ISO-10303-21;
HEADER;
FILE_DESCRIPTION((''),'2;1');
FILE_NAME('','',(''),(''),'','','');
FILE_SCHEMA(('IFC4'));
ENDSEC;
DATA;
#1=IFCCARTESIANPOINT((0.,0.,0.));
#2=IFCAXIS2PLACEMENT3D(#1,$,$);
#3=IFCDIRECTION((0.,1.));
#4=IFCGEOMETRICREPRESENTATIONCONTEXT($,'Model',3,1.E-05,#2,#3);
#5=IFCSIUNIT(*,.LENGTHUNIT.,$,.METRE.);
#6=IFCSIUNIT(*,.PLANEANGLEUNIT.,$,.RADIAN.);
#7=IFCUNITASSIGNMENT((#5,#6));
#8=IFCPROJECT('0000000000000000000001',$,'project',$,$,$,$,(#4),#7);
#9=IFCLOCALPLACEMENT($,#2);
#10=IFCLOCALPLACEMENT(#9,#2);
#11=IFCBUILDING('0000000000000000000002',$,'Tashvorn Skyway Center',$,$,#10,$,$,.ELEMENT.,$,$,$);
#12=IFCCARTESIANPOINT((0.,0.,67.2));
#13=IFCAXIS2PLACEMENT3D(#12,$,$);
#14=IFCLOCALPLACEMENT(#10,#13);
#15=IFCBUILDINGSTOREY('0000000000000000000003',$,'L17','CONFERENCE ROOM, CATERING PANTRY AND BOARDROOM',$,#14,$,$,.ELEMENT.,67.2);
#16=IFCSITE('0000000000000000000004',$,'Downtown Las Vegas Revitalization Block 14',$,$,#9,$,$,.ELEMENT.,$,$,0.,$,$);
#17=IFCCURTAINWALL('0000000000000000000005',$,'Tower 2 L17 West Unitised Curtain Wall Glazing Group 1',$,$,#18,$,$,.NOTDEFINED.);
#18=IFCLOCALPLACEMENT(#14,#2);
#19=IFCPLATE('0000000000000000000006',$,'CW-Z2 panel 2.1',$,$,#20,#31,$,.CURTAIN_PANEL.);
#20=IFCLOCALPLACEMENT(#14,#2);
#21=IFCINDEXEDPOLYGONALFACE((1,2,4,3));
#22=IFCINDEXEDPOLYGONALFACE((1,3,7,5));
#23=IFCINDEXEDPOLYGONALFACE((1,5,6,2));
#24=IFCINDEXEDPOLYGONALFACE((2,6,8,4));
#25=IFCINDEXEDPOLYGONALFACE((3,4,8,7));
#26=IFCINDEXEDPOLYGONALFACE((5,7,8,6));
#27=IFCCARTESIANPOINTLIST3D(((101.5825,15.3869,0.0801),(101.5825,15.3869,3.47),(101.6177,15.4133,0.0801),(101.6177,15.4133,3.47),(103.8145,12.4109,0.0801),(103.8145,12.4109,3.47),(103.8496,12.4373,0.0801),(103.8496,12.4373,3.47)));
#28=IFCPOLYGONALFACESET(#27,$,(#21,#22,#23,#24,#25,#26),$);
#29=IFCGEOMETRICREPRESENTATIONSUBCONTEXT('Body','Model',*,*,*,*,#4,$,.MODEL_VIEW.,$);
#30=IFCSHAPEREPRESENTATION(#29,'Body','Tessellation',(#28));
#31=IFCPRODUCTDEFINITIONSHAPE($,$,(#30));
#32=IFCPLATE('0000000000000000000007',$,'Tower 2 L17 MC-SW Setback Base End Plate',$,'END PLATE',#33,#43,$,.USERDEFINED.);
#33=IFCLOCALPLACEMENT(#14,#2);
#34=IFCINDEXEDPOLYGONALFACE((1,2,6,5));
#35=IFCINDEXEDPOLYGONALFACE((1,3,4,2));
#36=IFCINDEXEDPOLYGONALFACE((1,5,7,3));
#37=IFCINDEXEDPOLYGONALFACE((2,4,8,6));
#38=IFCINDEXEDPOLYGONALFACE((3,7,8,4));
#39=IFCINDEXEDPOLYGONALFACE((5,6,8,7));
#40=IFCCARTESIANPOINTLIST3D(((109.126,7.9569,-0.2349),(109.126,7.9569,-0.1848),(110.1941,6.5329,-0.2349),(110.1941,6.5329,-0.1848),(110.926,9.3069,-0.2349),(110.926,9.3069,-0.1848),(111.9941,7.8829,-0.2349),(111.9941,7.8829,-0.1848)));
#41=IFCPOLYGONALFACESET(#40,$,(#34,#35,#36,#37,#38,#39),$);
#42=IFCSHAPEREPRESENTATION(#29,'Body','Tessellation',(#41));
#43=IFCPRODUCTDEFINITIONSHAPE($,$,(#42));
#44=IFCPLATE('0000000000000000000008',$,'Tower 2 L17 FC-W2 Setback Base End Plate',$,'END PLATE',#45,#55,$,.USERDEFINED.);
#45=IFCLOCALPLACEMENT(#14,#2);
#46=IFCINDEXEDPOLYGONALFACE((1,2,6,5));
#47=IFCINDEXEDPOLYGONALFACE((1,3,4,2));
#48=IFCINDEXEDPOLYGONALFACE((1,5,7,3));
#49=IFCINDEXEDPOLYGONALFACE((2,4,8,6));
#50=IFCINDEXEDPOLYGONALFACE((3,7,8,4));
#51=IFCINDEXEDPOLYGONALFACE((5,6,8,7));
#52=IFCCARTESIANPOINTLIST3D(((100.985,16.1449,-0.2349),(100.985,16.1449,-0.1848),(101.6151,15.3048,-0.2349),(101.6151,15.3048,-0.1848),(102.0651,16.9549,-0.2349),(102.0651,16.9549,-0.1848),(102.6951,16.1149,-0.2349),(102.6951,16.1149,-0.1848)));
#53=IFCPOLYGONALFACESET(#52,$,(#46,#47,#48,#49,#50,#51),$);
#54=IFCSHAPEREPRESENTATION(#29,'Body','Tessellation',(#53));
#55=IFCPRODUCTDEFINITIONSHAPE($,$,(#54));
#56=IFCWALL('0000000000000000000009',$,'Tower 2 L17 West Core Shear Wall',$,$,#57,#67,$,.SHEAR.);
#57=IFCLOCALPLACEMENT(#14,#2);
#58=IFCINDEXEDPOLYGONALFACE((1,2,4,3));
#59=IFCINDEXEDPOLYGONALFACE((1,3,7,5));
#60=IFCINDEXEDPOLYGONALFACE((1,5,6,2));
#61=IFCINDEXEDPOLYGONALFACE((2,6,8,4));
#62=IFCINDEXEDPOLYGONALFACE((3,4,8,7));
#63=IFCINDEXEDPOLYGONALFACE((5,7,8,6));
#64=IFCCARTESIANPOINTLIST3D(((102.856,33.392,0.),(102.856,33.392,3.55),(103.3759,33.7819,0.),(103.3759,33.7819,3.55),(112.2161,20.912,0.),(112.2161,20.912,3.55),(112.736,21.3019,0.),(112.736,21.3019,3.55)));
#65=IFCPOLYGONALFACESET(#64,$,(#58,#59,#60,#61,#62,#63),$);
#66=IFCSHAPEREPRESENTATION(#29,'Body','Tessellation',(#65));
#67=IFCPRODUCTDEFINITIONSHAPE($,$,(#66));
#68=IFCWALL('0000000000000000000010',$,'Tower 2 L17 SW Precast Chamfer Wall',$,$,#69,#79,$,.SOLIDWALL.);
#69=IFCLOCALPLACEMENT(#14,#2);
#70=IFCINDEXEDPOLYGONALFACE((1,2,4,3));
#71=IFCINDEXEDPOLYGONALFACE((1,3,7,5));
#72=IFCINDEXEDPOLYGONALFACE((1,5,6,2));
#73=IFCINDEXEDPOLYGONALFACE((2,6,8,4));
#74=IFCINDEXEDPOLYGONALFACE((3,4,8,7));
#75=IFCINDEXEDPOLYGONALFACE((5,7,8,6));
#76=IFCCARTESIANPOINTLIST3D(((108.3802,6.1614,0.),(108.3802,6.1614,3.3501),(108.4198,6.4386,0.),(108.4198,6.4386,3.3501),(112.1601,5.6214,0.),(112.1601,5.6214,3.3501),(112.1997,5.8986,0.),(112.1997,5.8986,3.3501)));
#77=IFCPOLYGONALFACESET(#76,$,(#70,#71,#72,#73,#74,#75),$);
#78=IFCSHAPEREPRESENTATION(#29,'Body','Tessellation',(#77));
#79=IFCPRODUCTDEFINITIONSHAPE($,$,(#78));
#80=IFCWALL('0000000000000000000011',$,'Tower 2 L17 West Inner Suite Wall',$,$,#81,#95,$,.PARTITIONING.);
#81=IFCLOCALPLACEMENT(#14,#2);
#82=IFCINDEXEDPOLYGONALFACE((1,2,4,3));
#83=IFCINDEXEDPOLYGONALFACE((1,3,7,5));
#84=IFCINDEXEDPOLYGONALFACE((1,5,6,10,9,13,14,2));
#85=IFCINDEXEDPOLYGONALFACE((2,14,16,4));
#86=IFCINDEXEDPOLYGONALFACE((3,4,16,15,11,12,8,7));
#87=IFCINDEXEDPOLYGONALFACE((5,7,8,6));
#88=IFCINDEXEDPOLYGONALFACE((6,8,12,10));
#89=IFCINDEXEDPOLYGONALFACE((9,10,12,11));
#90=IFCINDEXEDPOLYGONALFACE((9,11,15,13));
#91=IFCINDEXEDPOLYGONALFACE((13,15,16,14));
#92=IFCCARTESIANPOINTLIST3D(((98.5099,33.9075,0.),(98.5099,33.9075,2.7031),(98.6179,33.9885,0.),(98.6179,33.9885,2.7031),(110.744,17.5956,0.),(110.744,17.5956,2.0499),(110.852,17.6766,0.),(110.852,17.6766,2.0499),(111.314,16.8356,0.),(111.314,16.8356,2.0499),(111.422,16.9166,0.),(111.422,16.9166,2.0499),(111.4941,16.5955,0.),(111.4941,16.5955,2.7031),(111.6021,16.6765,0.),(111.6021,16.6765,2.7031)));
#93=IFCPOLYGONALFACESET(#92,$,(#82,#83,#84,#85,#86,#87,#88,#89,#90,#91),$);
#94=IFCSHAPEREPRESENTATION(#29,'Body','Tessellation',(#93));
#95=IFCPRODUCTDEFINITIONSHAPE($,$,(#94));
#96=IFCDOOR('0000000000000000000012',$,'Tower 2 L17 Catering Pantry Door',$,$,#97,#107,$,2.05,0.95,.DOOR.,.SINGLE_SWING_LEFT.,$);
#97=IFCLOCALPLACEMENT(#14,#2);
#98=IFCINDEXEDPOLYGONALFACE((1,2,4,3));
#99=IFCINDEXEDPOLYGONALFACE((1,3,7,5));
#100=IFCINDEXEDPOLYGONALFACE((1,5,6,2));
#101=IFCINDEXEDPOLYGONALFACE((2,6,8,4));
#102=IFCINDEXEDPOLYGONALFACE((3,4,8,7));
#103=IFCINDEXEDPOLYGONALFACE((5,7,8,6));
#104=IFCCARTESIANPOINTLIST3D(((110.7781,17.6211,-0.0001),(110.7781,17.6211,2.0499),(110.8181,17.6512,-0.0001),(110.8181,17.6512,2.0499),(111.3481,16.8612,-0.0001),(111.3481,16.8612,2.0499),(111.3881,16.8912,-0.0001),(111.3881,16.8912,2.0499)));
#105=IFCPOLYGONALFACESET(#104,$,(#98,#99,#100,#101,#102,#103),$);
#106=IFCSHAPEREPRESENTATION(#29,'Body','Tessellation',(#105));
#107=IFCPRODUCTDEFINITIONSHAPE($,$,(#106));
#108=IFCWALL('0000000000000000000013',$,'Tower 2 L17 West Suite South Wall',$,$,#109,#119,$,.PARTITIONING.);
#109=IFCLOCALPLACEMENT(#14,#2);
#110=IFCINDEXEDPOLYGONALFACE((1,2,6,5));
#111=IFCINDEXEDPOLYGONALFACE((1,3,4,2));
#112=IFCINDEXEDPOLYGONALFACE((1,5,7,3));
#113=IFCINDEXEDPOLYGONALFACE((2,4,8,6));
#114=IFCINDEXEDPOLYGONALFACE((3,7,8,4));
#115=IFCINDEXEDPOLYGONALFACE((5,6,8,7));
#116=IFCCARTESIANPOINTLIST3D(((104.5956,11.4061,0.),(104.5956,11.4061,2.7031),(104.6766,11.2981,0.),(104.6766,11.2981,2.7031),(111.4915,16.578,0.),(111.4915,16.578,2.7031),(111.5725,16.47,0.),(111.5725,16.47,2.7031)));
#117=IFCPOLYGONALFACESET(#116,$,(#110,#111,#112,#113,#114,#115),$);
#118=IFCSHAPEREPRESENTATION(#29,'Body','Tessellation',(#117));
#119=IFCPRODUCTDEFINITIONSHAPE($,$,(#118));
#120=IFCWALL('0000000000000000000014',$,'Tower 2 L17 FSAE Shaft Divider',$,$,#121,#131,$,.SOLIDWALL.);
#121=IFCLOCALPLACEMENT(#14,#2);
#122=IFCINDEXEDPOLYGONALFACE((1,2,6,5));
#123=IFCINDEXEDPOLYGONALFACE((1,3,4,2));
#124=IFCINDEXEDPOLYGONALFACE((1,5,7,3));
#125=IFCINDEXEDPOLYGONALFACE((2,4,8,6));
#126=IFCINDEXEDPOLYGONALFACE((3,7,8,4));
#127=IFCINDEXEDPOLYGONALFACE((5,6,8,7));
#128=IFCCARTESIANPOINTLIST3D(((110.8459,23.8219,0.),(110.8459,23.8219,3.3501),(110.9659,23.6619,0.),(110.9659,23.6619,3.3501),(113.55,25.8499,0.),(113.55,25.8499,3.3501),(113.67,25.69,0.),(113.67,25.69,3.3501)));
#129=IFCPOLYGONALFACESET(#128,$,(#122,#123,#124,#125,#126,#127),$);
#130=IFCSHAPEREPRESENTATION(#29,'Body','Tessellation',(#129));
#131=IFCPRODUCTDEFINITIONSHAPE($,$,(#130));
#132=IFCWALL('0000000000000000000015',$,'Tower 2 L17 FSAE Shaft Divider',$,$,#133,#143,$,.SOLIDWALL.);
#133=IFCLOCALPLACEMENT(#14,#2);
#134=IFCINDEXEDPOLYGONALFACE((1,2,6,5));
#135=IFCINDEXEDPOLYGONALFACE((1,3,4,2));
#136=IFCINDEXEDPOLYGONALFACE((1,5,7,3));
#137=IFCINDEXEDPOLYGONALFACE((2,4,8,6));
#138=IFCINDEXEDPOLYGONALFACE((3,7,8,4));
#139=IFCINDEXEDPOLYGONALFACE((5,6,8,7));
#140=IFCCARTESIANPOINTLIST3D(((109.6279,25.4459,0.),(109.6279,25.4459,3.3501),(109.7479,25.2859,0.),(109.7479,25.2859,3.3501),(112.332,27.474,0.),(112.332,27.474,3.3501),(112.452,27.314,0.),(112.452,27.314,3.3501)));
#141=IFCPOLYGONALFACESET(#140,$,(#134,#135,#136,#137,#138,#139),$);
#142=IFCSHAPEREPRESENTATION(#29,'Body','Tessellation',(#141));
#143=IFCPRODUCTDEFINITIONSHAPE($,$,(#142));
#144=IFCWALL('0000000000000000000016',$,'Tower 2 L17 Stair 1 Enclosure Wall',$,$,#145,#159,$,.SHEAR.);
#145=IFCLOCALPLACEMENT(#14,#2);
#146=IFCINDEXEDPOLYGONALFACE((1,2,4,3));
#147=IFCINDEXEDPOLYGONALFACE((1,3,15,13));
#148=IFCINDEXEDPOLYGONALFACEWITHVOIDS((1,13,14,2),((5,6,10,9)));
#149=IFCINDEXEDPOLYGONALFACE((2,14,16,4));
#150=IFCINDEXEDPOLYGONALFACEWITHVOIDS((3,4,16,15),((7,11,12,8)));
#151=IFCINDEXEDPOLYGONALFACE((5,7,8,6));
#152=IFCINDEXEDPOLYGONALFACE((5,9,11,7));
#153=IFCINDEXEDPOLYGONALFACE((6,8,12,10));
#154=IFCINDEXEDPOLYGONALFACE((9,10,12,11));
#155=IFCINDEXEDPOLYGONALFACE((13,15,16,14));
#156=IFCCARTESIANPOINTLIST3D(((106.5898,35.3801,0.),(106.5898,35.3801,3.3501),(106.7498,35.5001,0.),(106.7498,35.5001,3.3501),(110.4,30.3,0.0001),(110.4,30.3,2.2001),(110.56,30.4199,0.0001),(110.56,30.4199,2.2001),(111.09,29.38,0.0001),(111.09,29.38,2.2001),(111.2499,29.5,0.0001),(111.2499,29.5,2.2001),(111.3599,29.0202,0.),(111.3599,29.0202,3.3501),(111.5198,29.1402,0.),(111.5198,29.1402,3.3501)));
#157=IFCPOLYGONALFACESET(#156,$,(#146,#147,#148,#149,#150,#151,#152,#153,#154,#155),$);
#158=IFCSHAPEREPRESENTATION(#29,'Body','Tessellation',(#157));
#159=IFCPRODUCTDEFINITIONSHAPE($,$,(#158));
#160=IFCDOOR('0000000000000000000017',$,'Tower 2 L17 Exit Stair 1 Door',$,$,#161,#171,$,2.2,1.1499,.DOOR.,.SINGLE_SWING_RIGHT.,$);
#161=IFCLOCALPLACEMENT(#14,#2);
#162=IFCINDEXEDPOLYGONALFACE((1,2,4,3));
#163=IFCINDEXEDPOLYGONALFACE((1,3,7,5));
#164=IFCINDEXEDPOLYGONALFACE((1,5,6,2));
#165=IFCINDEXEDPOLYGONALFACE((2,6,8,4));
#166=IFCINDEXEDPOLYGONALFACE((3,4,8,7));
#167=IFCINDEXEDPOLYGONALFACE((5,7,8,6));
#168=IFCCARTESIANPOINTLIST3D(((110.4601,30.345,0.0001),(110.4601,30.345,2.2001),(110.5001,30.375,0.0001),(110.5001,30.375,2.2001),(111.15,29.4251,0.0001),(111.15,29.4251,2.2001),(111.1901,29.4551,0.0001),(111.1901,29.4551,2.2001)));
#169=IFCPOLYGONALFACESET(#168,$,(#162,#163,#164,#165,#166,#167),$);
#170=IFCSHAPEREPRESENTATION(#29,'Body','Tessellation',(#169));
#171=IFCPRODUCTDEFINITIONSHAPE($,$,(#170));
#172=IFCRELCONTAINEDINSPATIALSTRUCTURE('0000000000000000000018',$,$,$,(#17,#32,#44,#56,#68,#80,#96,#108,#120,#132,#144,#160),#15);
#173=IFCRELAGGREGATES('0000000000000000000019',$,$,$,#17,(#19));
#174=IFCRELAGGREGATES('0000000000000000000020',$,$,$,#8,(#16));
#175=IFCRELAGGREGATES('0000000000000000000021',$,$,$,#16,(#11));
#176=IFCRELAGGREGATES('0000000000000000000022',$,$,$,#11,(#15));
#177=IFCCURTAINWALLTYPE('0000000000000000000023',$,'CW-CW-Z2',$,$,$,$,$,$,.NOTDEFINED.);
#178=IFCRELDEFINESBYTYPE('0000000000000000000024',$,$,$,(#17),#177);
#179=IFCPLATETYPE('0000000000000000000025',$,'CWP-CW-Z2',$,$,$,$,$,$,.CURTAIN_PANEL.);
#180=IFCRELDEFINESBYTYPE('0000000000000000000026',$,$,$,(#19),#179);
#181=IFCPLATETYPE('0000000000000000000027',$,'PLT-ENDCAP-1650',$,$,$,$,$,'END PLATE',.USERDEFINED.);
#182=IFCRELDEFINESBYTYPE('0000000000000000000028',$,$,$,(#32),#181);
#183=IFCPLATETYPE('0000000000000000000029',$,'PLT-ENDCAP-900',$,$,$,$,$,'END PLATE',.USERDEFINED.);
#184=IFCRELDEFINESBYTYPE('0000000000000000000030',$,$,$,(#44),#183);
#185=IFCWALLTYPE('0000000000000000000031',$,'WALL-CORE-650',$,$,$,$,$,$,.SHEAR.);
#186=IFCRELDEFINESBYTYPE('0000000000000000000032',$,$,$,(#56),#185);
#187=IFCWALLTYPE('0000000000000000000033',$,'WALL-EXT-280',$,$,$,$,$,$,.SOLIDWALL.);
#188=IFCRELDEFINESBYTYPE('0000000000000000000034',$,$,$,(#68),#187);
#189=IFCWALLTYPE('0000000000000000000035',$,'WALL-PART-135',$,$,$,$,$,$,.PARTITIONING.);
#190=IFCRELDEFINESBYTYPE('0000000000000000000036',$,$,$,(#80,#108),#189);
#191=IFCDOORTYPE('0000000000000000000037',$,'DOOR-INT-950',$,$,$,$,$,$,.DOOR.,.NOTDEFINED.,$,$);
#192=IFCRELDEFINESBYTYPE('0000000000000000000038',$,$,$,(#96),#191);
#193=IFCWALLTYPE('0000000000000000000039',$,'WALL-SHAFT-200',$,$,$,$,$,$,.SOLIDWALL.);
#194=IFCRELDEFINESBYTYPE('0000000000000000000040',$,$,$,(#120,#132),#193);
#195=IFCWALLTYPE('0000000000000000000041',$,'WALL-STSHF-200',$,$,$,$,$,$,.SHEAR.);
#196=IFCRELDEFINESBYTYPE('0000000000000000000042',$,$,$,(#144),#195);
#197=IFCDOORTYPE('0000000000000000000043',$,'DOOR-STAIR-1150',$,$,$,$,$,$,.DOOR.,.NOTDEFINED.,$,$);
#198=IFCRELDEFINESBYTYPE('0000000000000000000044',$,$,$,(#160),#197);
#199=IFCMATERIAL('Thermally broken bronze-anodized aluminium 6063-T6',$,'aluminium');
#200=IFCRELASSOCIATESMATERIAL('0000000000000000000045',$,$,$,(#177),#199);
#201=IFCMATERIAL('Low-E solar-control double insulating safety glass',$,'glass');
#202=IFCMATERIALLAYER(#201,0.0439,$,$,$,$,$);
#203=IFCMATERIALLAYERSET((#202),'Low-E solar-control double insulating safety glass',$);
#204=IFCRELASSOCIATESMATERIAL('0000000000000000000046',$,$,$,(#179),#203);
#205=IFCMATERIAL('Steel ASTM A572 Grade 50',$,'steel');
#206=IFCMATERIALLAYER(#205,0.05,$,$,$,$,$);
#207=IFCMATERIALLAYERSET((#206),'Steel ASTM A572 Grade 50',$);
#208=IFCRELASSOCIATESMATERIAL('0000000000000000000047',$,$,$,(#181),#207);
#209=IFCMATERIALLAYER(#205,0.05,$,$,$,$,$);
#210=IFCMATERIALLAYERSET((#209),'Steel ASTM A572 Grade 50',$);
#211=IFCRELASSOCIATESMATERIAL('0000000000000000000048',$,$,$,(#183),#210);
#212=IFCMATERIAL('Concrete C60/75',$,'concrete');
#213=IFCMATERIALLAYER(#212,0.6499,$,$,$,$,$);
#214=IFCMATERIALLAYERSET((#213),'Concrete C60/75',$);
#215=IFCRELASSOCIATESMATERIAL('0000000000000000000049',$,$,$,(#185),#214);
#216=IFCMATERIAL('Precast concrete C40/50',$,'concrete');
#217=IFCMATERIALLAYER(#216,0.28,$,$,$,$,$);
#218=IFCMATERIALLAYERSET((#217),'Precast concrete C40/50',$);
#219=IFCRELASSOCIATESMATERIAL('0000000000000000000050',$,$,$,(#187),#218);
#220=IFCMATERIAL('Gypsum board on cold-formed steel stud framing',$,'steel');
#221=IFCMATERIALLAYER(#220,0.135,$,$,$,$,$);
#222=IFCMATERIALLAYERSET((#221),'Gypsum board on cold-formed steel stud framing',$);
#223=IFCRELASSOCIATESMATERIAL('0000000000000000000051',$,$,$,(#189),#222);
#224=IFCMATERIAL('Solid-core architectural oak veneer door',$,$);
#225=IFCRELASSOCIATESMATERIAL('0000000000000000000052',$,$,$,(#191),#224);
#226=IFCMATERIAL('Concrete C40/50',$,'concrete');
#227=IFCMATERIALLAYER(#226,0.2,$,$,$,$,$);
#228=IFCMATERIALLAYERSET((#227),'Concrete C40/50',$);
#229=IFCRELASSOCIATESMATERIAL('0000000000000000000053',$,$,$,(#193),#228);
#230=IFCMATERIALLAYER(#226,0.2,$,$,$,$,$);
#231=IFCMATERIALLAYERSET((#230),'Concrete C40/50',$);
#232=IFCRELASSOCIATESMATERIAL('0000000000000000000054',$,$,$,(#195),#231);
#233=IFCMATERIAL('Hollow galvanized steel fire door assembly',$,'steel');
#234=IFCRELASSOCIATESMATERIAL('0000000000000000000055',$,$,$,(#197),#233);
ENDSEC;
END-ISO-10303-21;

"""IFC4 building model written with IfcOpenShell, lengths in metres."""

from ifc_helpers import new_model, si_unit, direction, frame, frame_2d, origin, origin_2d, place, context, subcontext, project, spatial, rectangle, extrude, material, layer, layer_set, type_object, element, fill, aggregate, save


model = new_model("IFC4")

# Units and contexts
model_context = context("Model", 3, precision=1e-05, world=origin(), true_north=direction((0.0, 1.0)))
body_context = subcontext(model_context, "Body", "Model", "MODEL_VIEW")
ifc_project = project(units=[si_unit("LENGTHUNIT", "METRE"), si_unit("PLANEANGLEUNIT", "RADIAN")], contexts=[model_context])

# Site, building, storey
site_placement = place(None, origin())
site = spatial("IfcSite", under=ifc_project, at=site_placement, Name="Downtown Las Vegas Revitalization Block 14", CompositionType="ELEMENT", RefElevation=0.0)
building_placement = place(site_placement, origin())
building = spatial("IfcBuilding", under=site, at=building_placement, Name="Tashvorn Skyway Center", CompositionType="ELEMENT")
storey_placement = place(building_placement, frame((0.0, 0.0, 67.2)))
storey = spatial("IfcBuildingStorey", under=building, at=storey_placement, Name="L17", Description="CONFERENCE ROOM, CATERING PANTRY AND BOARDROOM", CompositionType="ELEMENT", Elevation=67.2)

# Shared definitions
ifc_material_1 = material(Name="Steel ASTM A572 Grade 50", Category="steel")

# Shared definitions
ifc_material_2 = material(Name="Concrete C60/75", Category="concrete")

# Curtain wall
ifc_material_3 = material(Name="Thermally broken bronze-anodized aluminium 6063-T6", Category="aluminium")
curtain_wall_type = type_object("IfcCurtainWallType", Name="CW-CW-Z2", PredefinedType="NOTDEFINED", material=ifc_material_3)
curtain_wall_1_placement = place(storey_placement, origin())
curtain_wall_1 = element("IfcCurtainWall", 1, at=curtain_wall_1_placement, inside=storey, type_object=curtain_wall_type, Name="Tower 2 L17 West Unitised Curtain Wall Glazing Group 1", PredefinedType="NOTDEFINED")

# Plate
ifc_material_4 = material(Name="Low-E solar-control double insulating safety glass", Category="glass")
ifc_layer_1 = layer(ifc_material_4, 0.0439)
ifc_layer_set_1 = layer_set([ifc_layer_1], Name="Low-E solar-control double insulating safety glass")
plate_type_1 = type_object("IfcPlateType", Name="CWP-CW-Z2", PredefinedType="CURTAIN_PANEL", material=ifc_layer_set_1)
plate_1_placement = place(storey_placement, frame((102.7161, 13.9121, 0.0801), z_axis=(0.0, 0.0, 1.0), x_axis=(-0.6, 0.8, 0.0)))
plate_1 = element("IfcPlate", 2, at=plate_1_placement, type_object=plate_type_1, Name="CW-Z2 panel 2.1", PredefinedType="CURTAIN_PANEL", context=body_context, shape_type="SweptSolid", body=[
    extrude(rectangle(XDim=3.72, YDim=0.0439, at=origin_2d()), origin(), (0.0, 0.0, 1.0), 3.3899),
])
aggregate(curtain_wall_1, [plate_1])

# Plates
ifc_layer_2 = layer(ifc_material_1, 0.05)
ifc_layer_set_2 = layer_set([ifc_layer_2], Name="Steel ASTM A572 Grade 50")
plate_type_2 = type_object("IfcPlateType", Name="PLT-ENDCAP-1650", ElementType="END PLATE", PredefinedType="USERDEFINED", material=ifc_layer_set_2)
plate_2_placement = place(storey_placement, frame((110.5601, 7.9199, -0.2349), z_axis=(0.0, 0.0, 1.0), x_axis=(0.8, 0.6, 0.0)))
element("IfcPlate", 3, at=plate_2_placement, inside=storey, type_object=plate_type_2, Name="Tower 2 L17 MC-SW Setback Base End Plate", ObjectType="END PLATE", PredefinedType="USERDEFINED", context=body_context, shape_type="SweptSolid", body=[
    extrude(rectangle(XDim=2.25, YDim=1.78, at=origin_2d()), origin(), (0.0, 0.0, 1.0), 0.05),
])
ifc_layer_3 = layer(ifc_material_1, 0.05)
ifc_layer_set_3 = layer_set([ifc_layer_3], Name="Steel ASTM A572 Grade 50")
plate_type_3 = type_object("IfcPlateType", Name="PLT-ENDCAP-900", ElementType="END PLATE", PredefinedType="USERDEFINED", material=ifc_layer_set_3)
plate_3_placement = place(storey_placement, frame((101.8401, 16.1299, -0.2349), z_axis=(0.0, 0.0, 1.0), x_axis=(0.8, 0.6, 0.0)))
element("IfcPlate", 4, at=plate_3_placement, inside=storey, type_object=plate_type_3, Name="Tower 2 L17 FC-W2 Setback Base End Plate", ObjectType="END PLATE", PredefinedType="USERDEFINED", context=body_context, shape_type="SweptSolid", body=[
    extrude(rectangle(XDim=1.3501, YDim=1.05, at=origin_2d()), origin(), (0.0, 0.0, 1.0), 0.05),
])

# Walls
ifc_layer_4 = layer(ifc_material_2, 0.6499)
ifc_layer_set_4 = layer_set([ifc_layer_4], Name="Concrete C60/75")
wall_type_1 = type_object("IfcWallType", Name="WALL-CORE-650", PredefinedType="SHEAR", material=ifc_layer_set_4)
wall_1_placement = place(storey_placement, frame((112.4761, 21.1069, 0.0), z_axis=(0.0, 0.0, 1.0), x_axis=(-0.600005, 0.799996, 0.0)))
element("IfcWall", 5, at=wall_1_placement, inside=storey, type_object=wall_type_1, Name="Tower 2 L17 West Core Shear Wall", PredefinedType="SHEAR", context=body_context, shape_type="SweptSolid", body=[
    extrude(rectangle(XDim=15.6001, YDim=0.6499, at=frame_2d((7.8, 0.0))), origin(), (0.0, 0.0, 1.0), 3.55),
])
ifc_material_5 = material(Name="Precast concrete C40/50", Category="concrete")
ifc_layer_5 = layer(ifc_material_5, 0.28)
ifc_layer_set_5 = layer_set([ifc_layer_5], Name="Precast concrete C40/50")
wall_type_2 = type_object("IfcWallType", Name="WALL-EXT-280", PredefinedType="SOLIDWALL", material=ifc_layer_set_5)
wall_2_placement = place(storey_placement, frame((112.1799, 5.76, 0.0), z_axis=(0.0, 0.0, 1.0), x_axis=(-0.989948, 0.14143, 0.0)))
element("IfcWall", 6, at=wall_2_placement, inside=storey, type_object=wall_type_2, Name="Tower 2 L17 SW Precast Chamfer Wall", PredefinedType="SOLIDWALL", context=body_context, shape_type="SweptSolid", body=[
    extrude(rectangle(XDim=3.8184, YDim=0.28, at=frame_2d((1.9092, 0.0))), origin(), (0.0, 0.0, 1.0), 3.3501),
])

# Wall, opening, door
ifc_material_6 = material(Name="Gypsum board on cold-formed steel stud framing", Category="steel")
ifc_layer_6 = layer(ifc_material_6, 0.135)
ifc_layer_set_6 = layer_set([ifc_layer_6], Name="Gypsum board on cold-formed steel stud framing")
wall_type_3 = type_object("IfcWallType", Name="WALL-PART-135", PredefinedType="PARTITIONING", material=ifc_layer_set_6)
wall_3_placement = place(storey_placement, frame((111.5481, 16.636, 0.0), z_axis=(0.0, 0.0, 1.0), x_axis=(-0.600004, 0.799997, 0.0)))
wall_3 = element("IfcWall", 7, at=wall_3_placement, inside=storey, type_object=wall_type_3, Name="Tower 2 L17 West Inner Suite Wall", PredefinedType="PARTITIONING", context=body_context, shape_type="SweptSolid", body=[
    extrude(rectangle(XDim=21.6401, YDim=0.135, at=frame_2d((10.8201, 0.0))), origin(), (0.0, 0.0, 1.0), 2.7031),
])
opening_1_placement = place(wall_3_placement, frame((0.3, 0.0, 0.0)))
opening_1 = element("IfcOpeningElement", 8, at=opening_1_placement, cuts=wall_3, PredefinedType="OPENING", context=body_context, shape_type="SweptSolid", body=[
    extrude(rectangle(XDim=0.95, YDim=2.05, at=frame_2d((0.4751, 1.0249))), frame((0.0, 0.0774, 0.0), z_axis=(0.0, -1.0, 0.0), x_axis=(1.0, 0.0, 0.0)), (0.0, 0.0, 1.0), 0.155),
])
ifc_material_7 = material(Name="Solid-core architectural oak veneer door")
door_type_1 = type_object("IfcDoorType", Name="DOOR-INT-950", OperationType="NOTDEFINED", PredefinedType="DOOR", material=ifc_material_7)
door_1_placement = place(opening_1_placement, origin())
door_1 = element("IfcDoor", 9, at=door_1_placement, inside=storey, type_object=door_type_1, Name="Tower 2 L17 Catering Pantry Door", OperationType="SINGLE_SWING_LEFT", OverallHeight=2.05, OverallWidth=0.95, PredefinedType="DOOR", context=body_context, shape_type="SweptSolid", body=[
    extrude(rectangle(XDim=0.95, YDim=2.05, at=frame_2d((0.4751, 1.0249))), frame((0.0, 0.0249, 0.0), z_axis=(0.0, -1.0, 0.0), x_axis=(1.0, 0.0, 0.0)), (0.0, 0.0, 1.0), 0.05),
])
fill(opening_1, door_1)

# Walls
wall_4_placement = place(storey_placement, frame((104.636, 11.3521, 0.0), z_axis=(0.0, 0.0, 1.0), x_axis=(0.800007, 0.599991, 0.0)))
element("IfcWall", 10, at=wall_4_placement, inside=storey, type_object=wall_type_3, Name="Tower 2 L17 West Suite South Wall", PredefinedType="PARTITIONING", context=body_context, shape_type="SweptSolid", body=[
    extrude(rectangle(XDim=8.6199, YDim=0.135, at=frame_2d((4.3101, 0.0))), origin(), (0.0, 0.0, 1.0), 2.7031),
])
ifc_material_8 = material(Name="Concrete C40/50", Category="concrete")
ifc_layer_7 = layer(ifc_material_8, 0.2)
ifc_layer_set_7 = layer_set([ifc_layer_7], Name="Concrete C40/50")
wall_type_4 = type_object("IfcWallType", Name="WALL-SHAFT-200", PredefinedType="SOLIDWALL", material=ifc_layer_set_7)
for number, where, z_axis, x_axis, name in (
    (11, (110.906, 23.7419, 0.0), (0.0, 0.0, 1.0), (0.8, 0.6, 0.0), "Tower 2 L17 FSAE Shaft Divider"),
    (12, (109.688, 25.366, 0.0), (0.0, 0.0, 1.0), (0.8, 0.6, 0.0), "Tower 2 L17 FSAE Shaft Divider"),
):
    element("IfcWall", number, at=place(storey_placement, frame(where, z_axis=z_axis, x_axis=x_axis)), inside=storey, type_object=wall_type_4, Name=name, PredefinedType="SOLIDWALL", context=body_context, shape_type="SweptSolid", body=[
        extrude(rectangle(XDim=3.3801, YDim=0.2, at=frame_2d((1.6899, 0.0))), origin(), (0.0, 0.0, 1.0), 3.3501),
    ])

# Wall, opening, door
ifc_layer_8 = layer(ifc_material_8, 0.2)
ifc_layer_set_8 = layer_set([ifc_layer_8], Name="Concrete C40/50")
wall_type_5 = type_object("IfcWallType", Name="WALL-STSHF-200", PredefinedType="SHEAR", material=ifc_layer_set_8)
wall_5_placement = place(storey_placement, frame((111.4399, 29.0801, 0.0), z_axis=(0.0, 0.0, 1.0), x_axis=(-0.60001, 0.799993, 0.0)))
wall_5 = element("IfcWall", 13, at=wall_5_placement, inside=storey, type_object=wall_type_5, Name="Tower 2 L17 Stair 1 Enclosure Wall", PredefinedType="SHEAR", context=body_context, shape_type="SweptSolid", body=[
    extrude(rectangle(XDim=7.95, YDim=0.2, at=frame_2d((3.9751, 0.0))), origin(), (0.0, 0.0, 1.0), 3.3501),
])
opening_2_placement = place(wall_5_placement, frame((0.45, 0.0, 0.0)))
opening_2 = element("IfcOpeningElement", 14, at=opening_2_placement, cuts=wall_5, PredefinedType="OPENING", context=body_context, shape_type="SweptSolid", body=[
    extrude(rectangle(XDim=1.1499, YDim=2.2, at=frame_2d((0.575, 1.1001))), frame((0.0, 0.1099, 0.0), z_axis=(0.0, -1.0, 0.0), x_axis=(1.0, 0.0, 0.0)), (0.0, 0.0, 1.0), 0.22),
])
ifc_material_9 = material(Name="Hollow galvanized steel fire door assembly", Category="steel")
door_type_2 = type_object("IfcDoorType", Name="DOOR-STAIR-1150", OperationType="NOTDEFINED", PredefinedType="DOOR", material=ifc_material_9)
door_2_placement = place(opening_2_placement, origin())
door_2 = element("IfcDoor", 15, at=door_2_placement, inside=storey, type_object=door_type_2, Name="Tower 2 L17 Exit Stair 1 Door", OperationType="SINGLE_SWING_RIGHT", OverallHeight=2.2, OverallWidth=1.1499, PredefinedType="DOOR", context=body_context, shape_type="SweptSolid", body=[
    extrude(rectangle(XDim=1.1499, YDim=2.2, at=frame_2d((0.575, 1.1001))), frame((0.0, 0.0249, 0.0), z_axis=(0.0, -1.0, 0.0), x_axis=(1.0, 0.0, 0.0)), (0.0, 0.0, 1.0), 0.05),
])
fill(opening_2, door_2)

save(model, "model.ifc")
